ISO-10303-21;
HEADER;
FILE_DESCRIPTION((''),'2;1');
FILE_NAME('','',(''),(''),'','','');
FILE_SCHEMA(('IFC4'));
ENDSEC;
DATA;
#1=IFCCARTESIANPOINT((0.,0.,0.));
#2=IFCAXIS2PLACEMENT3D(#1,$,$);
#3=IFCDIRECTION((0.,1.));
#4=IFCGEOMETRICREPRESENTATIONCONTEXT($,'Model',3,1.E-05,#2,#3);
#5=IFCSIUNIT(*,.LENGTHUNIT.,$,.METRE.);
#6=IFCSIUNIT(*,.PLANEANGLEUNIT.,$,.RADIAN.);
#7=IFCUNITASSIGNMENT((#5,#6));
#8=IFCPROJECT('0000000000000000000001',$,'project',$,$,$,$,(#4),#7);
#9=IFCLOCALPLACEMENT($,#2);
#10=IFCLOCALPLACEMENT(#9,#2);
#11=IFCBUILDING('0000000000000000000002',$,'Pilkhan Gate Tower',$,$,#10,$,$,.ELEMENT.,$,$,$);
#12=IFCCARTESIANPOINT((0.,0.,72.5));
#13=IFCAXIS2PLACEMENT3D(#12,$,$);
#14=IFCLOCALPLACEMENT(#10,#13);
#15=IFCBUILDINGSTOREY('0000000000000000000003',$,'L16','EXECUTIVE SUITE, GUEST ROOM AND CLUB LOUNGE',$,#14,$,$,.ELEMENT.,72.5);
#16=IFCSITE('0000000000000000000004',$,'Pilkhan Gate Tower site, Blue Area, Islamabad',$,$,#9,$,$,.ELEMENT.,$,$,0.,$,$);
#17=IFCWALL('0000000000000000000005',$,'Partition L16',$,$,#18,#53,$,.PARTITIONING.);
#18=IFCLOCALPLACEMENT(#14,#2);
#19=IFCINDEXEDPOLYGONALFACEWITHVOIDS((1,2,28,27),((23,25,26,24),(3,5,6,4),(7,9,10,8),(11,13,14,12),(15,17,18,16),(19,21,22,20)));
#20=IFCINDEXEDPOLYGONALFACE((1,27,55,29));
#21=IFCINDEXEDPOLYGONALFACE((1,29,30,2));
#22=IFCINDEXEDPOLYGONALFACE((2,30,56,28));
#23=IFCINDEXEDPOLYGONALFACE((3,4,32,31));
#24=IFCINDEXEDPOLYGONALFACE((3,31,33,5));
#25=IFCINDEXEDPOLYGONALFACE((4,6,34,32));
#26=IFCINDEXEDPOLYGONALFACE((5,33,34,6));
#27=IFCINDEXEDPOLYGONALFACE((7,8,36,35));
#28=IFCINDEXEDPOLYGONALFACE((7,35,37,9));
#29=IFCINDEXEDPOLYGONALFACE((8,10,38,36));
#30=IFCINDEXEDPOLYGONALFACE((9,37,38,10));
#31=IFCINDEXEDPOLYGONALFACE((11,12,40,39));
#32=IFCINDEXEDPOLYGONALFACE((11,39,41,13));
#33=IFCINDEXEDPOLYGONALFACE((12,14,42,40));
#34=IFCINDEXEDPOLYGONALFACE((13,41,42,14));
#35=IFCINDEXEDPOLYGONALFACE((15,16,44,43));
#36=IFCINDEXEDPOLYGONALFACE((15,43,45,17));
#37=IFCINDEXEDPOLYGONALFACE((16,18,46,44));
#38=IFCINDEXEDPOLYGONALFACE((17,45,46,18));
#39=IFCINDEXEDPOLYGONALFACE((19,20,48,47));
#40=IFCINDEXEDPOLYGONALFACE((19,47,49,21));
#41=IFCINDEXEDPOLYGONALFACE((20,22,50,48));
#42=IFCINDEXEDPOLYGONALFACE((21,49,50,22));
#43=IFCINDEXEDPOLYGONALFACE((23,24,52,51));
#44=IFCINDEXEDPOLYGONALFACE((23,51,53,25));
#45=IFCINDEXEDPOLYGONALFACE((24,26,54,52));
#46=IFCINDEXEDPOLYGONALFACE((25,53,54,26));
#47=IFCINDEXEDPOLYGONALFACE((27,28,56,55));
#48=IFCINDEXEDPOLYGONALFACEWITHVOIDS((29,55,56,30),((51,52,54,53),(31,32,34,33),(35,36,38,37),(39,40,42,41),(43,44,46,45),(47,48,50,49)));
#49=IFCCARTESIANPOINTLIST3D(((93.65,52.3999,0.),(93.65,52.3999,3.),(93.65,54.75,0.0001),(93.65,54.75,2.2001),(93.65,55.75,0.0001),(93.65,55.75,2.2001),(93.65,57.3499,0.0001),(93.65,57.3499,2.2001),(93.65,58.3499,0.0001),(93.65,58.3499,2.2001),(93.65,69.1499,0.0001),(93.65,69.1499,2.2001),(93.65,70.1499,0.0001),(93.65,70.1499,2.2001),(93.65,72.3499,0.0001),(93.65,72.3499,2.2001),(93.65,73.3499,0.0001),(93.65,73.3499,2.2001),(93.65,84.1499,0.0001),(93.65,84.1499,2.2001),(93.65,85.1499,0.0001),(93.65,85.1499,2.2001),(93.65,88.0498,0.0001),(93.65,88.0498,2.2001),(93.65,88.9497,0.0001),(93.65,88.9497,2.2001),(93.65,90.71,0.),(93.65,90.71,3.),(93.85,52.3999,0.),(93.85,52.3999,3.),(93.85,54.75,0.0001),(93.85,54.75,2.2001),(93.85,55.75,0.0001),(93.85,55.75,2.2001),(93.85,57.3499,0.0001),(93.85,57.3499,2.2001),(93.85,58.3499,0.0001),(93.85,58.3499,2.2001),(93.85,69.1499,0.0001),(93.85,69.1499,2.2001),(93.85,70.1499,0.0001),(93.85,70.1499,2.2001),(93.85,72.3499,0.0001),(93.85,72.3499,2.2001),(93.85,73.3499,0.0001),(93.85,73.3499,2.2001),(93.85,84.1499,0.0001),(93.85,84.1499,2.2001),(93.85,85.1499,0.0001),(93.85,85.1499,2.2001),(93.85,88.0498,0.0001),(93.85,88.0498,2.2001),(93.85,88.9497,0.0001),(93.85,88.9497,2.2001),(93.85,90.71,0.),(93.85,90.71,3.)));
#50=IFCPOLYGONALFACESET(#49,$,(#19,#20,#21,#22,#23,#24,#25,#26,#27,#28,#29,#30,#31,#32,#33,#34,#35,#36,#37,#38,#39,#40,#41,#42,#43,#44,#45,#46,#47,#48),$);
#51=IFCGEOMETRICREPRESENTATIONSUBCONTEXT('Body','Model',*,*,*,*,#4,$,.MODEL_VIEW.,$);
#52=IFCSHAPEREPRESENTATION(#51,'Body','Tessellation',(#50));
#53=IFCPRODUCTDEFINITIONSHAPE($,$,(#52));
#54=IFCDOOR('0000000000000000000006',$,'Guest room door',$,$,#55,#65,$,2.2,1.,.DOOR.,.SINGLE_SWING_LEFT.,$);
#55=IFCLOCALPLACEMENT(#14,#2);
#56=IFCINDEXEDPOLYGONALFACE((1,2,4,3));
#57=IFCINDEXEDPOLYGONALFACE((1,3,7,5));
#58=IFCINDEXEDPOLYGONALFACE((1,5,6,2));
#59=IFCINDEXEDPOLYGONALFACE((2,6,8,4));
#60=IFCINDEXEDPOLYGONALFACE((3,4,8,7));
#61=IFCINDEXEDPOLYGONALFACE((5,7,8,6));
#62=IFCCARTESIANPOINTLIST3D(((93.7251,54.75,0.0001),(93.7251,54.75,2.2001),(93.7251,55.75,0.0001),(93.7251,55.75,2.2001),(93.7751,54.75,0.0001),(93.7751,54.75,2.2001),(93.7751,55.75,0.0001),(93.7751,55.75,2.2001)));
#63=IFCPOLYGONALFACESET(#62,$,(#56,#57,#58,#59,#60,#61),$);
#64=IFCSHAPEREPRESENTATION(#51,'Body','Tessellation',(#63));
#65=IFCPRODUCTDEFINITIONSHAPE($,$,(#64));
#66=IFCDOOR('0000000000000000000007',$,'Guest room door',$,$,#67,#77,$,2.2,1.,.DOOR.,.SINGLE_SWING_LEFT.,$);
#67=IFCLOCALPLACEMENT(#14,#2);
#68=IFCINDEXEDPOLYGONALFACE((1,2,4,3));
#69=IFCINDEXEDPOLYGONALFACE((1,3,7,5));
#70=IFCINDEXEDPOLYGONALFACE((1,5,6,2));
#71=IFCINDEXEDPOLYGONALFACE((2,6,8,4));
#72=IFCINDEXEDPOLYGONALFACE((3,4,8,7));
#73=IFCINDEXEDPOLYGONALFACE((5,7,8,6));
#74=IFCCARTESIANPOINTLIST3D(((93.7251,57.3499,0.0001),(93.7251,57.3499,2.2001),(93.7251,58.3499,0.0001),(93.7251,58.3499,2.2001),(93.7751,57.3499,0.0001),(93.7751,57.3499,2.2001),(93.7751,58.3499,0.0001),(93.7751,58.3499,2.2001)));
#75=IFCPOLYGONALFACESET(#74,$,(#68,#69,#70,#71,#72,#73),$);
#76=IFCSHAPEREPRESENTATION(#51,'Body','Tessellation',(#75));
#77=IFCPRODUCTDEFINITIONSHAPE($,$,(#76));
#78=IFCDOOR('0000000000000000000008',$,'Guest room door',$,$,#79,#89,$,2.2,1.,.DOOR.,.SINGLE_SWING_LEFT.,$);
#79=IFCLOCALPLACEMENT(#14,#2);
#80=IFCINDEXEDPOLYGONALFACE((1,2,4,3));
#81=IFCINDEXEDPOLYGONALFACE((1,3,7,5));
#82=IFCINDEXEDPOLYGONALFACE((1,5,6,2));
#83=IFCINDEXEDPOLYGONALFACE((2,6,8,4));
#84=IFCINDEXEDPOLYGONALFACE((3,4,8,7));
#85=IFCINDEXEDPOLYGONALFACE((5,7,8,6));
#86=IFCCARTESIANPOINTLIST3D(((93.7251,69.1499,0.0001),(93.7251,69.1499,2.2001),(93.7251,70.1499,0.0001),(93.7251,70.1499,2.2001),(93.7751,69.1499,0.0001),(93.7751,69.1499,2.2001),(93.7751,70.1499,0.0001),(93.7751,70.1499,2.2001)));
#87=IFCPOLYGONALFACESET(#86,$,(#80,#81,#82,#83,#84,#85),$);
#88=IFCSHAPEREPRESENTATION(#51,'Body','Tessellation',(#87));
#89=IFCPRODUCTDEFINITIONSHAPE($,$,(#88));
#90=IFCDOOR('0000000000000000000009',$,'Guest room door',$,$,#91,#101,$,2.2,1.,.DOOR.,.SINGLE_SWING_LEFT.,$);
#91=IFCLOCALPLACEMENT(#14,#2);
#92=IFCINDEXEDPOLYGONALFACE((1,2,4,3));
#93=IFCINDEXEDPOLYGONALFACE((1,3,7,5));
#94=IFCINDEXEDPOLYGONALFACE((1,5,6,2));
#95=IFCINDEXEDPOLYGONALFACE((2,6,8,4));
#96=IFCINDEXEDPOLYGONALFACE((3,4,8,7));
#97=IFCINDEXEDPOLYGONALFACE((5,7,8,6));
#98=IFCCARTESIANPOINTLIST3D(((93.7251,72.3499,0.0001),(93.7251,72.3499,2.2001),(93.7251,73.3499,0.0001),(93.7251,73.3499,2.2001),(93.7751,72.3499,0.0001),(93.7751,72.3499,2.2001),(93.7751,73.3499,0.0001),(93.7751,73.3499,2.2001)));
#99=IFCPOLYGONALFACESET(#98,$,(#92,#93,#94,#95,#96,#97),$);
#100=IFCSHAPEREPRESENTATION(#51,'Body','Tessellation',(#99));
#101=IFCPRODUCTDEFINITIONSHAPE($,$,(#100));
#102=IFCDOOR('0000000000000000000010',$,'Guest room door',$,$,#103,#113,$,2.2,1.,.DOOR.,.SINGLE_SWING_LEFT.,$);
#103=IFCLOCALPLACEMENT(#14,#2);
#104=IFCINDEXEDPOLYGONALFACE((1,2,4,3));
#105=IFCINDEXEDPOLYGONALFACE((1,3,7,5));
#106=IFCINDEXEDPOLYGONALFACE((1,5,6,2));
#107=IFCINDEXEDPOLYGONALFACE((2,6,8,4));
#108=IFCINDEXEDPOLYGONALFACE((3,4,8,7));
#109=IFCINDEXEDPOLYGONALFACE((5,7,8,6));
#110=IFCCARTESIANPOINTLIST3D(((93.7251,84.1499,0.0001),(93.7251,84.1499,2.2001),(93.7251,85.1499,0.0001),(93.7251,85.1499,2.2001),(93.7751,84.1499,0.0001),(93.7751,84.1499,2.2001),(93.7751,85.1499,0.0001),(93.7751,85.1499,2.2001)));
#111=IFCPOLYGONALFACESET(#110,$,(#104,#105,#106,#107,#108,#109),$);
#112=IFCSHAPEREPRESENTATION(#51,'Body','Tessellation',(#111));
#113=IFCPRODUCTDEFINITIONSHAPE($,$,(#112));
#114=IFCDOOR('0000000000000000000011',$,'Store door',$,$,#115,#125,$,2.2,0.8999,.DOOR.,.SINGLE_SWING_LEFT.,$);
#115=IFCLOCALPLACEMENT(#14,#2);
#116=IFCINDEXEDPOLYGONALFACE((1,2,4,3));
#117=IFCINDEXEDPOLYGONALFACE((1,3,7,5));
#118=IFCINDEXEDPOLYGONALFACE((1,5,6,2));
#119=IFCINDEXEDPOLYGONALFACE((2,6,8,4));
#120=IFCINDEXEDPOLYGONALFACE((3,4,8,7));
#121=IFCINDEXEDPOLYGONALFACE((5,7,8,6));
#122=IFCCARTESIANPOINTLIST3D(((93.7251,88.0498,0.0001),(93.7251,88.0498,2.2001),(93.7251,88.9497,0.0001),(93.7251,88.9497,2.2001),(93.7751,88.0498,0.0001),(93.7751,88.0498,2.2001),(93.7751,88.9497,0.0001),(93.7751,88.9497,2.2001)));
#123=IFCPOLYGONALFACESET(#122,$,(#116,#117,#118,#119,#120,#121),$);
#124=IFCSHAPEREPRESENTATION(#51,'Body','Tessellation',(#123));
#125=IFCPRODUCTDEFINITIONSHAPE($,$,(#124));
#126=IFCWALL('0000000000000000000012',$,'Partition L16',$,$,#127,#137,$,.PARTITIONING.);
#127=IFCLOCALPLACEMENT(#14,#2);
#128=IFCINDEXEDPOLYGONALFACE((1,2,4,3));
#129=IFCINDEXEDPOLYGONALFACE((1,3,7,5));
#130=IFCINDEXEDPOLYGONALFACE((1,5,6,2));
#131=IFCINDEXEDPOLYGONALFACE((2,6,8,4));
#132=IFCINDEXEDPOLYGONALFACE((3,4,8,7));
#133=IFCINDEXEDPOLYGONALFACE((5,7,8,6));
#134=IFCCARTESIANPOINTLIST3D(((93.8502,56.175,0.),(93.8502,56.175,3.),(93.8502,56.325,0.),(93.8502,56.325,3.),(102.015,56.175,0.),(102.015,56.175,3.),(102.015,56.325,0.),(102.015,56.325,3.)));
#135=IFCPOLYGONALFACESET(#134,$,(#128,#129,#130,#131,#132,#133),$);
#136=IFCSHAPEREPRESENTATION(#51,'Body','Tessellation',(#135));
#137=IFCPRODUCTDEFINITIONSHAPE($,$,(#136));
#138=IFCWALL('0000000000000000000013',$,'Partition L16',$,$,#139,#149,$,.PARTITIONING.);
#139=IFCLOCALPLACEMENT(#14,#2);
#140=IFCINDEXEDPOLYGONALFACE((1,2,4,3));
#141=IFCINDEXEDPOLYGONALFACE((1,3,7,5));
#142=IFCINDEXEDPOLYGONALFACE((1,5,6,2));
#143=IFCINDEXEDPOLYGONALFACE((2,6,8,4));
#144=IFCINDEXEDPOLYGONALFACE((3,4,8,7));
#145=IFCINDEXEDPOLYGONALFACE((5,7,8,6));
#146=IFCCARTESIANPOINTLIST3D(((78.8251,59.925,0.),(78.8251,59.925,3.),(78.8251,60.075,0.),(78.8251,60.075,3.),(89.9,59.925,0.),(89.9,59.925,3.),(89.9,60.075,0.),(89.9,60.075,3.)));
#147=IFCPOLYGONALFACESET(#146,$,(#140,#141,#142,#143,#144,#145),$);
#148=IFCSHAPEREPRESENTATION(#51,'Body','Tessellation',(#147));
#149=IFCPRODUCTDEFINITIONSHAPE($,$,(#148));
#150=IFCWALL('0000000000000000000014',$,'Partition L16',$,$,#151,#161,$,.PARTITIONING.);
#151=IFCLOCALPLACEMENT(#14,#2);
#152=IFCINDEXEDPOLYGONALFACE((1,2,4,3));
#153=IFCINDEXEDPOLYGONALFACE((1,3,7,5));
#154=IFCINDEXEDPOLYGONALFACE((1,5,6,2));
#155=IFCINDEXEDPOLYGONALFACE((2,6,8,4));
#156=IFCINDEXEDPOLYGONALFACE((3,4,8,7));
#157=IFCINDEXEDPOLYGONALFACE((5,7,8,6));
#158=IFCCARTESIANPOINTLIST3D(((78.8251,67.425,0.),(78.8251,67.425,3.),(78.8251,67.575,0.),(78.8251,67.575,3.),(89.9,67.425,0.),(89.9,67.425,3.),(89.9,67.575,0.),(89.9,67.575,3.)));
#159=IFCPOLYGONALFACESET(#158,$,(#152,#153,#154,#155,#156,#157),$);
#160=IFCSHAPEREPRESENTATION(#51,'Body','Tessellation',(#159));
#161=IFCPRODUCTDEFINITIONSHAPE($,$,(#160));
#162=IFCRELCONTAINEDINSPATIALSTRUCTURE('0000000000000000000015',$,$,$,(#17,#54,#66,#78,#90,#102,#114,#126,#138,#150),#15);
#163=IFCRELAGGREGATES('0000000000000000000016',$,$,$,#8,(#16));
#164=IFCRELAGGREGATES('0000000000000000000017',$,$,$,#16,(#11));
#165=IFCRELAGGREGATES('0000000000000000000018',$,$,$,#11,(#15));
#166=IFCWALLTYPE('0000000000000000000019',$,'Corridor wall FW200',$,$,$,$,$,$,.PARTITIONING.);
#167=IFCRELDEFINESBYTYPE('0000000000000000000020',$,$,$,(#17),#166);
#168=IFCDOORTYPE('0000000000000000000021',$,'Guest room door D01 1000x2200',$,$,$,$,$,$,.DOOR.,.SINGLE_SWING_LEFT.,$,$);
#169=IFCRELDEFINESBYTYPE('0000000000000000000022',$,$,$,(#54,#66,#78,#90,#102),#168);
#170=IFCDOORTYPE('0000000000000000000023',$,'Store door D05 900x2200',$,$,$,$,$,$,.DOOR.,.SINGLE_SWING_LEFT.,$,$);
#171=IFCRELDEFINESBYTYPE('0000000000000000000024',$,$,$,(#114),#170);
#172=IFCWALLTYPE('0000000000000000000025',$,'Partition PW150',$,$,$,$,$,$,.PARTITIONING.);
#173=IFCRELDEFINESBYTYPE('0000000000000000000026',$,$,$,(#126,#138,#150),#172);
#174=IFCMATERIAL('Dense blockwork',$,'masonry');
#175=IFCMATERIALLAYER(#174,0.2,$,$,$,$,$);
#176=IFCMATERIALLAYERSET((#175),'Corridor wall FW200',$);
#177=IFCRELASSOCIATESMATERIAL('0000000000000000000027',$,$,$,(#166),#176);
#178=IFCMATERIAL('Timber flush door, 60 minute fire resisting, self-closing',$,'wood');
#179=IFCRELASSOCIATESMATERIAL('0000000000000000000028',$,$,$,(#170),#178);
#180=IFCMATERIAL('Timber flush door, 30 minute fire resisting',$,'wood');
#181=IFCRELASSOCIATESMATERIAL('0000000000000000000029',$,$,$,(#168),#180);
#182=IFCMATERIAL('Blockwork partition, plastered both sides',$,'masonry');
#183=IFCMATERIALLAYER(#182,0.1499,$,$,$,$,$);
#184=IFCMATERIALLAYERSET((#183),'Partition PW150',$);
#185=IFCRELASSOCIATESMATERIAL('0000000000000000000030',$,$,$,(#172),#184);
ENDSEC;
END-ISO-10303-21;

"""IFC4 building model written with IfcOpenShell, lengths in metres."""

from ifc_helpers import new_model, si_unit, direction, frame, frame_2d, origin, place, context, subcontext, project, spatial, rectangle, extrude, material, layer, layer_set, type_object, element, fill, save


model = new_model("IFC4")

# Units and contexts
model_context = context("Model", 3, precision=1e-05, world=origin(), true_north=direction((0.0, 1.0)))
body_context = subcontext(model_context, "Body", "Model", "MODEL_VIEW")
ifc_project = project(units=[si_unit("LENGTHUNIT", "METRE"), si_unit("PLANEANGLEUNIT", "RADIAN")], contexts=[model_context])

# Site, building, storey
site_placement = place(None, origin())
site = spatial("IfcSite", under=ifc_project, at=site_placement, Name="Pilkhan Gate Tower site, Blue Area, Islamabad", CompositionType="ELEMENT", RefElevation=0.0)
building_placement = place(site_placement, origin())
building = spatial("IfcBuilding", under=site, at=building_placement, Name="Pilkhan Gate Tower", CompositionType="ELEMENT")
storey_placement = place(building_placement, frame((0.0, 0.0, 72.5)))
storey = spatial("IfcBuildingStorey", under=building, at=storey_placement, Name="L16", Description="EXECUTIVE SUITE, GUEST ROOM AND CLUB LOUNGE", CompositionType="ELEMENT", Elevation=72.5)

# Shared definitions
ifc_material_1 = material(Name="Dense blockwork", Category="masonry")
ifc_layer_1 = layer(ifc_material_1, 0.2)
ifc_layer_set_1 = layer_set([ifc_layer_1], Name="Corridor wall FW200")
wall_type_1 = type_object("IfcWallType", Name="Corridor wall FW200", PredefinedType="PARTITIONING", material=ifc_layer_set_1)

# Wall, openings, doors
ifc_material_2 = material(Name="Timber flush door, 30 minute fire resisting", Category="wood")
ifc_material_3 = material(Name="Timber flush door, 60 minute fire resisting, self-closing", Category="wood")
door_type_1 = type_object("IfcDoorType", Name="Store door D05 900x2200", OperationType="SINGLE_SWING_LEFT", PredefinedType="DOOR", material=ifc_material_3)
wall_1_placement = place(storey_placement, frame((93.75, 52.3999, 0.0), z_axis=(0.0, 0.0, 1.0), x_axis=(0.0, 1.0, 0.0)))
wall_1 = element("IfcWall", 1, at=wall_1_placement, inside=storey, type_object=wall_type_1, Name="Partition L16", PredefinedType="PARTITIONING", context=body_context, shape_type="SweptSolid", body=[
    extrude(rectangle(XDim=38.3101, YDim=0.2, at=frame_2d((19.155, 0.0))), origin(), (0.0, 0.0, 1.0), 3.0),
])
opening_1_placement = place(wall_1_placement, frame((2.3501, 0.0, 0.0)))
opening_1 = element("IfcOpeningElement", 2, at=opening_1_placement, cuts=wall_1, PredefinedType="OPENING", context=body_context, shape_type="SweptSolid", body=[
    extrude(rectangle(XDim=1.0, YDim=2.2, at=frame_2d((0.5, 1.1001))), frame((0.0, 0.1099, 0.0), z_axis=(0.0, -1.0, 0.0), x_axis=(1.0, 0.0, 0.0)), (0.0, 0.0, 1.0), 0.22),
])
opening_2_placement = place(wall_1_placement, frame((4.95, 0.0, 0.0)))
opening_2 = element("IfcOpeningElement", 3, at=opening_2_placement, cuts=wall_1, PredefinedType="OPENING", context=body_context, shape_type="SweptSolid", body=[
    extrude(rectangle(XDim=1.0, YDim=2.2, at=frame_2d((0.5, 1.1001))), frame((0.0, 0.1099, 0.0), z_axis=(0.0, -1.0, 0.0), x_axis=(1.0, 0.0, 0.0)), (0.0, 0.0, 1.0), 0.22),
])
opening_3_placement = place(wall_1_placement, frame((16.75, 0.0, 0.0)))
opening_3 = element("IfcOpeningElement", 4, at=opening_3_placement, cuts=wall_1, PredefinedType="OPENING", context=body_context, shape_type="SweptSolid", body=[
    extrude(rectangle(XDim=1.0, YDim=2.2, at=frame_2d((0.5, 1.1001))), frame((0.0, 0.1099, 0.0), z_axis=(0.0, -1.0, 0.0), x_axis=(1.0, 0.0, 0.0)), (0.0, 0.0, 1.0), 0.22),
])
opening_4_placement = place(wall_1_placement, frame((19.95, 0.0, 0.0)))
opening_4 = element("IfcOpeningElement", 5, at=opening_4_placement, cuts=wall_1, PredefinedType="OPENING", context=body_context, shape_type="SweptSolid", body=[
    extrude(rectangle(XDim=1.0, YDim=2.2, at=frame_2d((0.5, 1.1001))), frame((0.0, 0.1099, 0.0), z_axis=(0.0, -1.0, 0.0), x_axis=(1.0, 0.0, 0.0)), (0.0, 0.0, 1.0), 0.22),
])
opening_5_placement = place(wall_1_placement, frame((31.75, 0.0, 0.0)))
opening_5 = element("IfcOpeningElement", 6, at=opening_5_placement, cuts=wall_1, PredefinedType="OPENING", context=body_context, shape_type="SweptSolid", body=[
    extrude(rectangle(XDim=1.0, YDim=2.2, at=frame_2d((0.5, 1.1001))), frame((0.0, 0.1099, 0.0), z_axis=(0.0, -1.0, 0.0), x_axis=(1.0, 0.0, 0.0)), (0.0, 0.0, 1.0), 0.22),
])
opening_6_placement = place(wall_1_placement, frame((35.6499, 0.0, 0.0)))
opening_6 = element("IfcOpeningElement", 7, at=opening_6_placement, cuts=wall_1, PredefinedType="OPENING", context=body_context, shape_type="SweptSolid", body=[
    extrude(rectangle(XDim=0.8999, YDim=2.2, at=frame_2d((0.45, 1.1001))), frame((0.0, 0.1099, 0.0), z_axis=(0.0, -1.0, 0.0), x_axis=(1.0, 0.0, 0.0)), (0.0, 0.0, 1.0), 0.22),
])
door_type_2 = type_object("IfcDoorType", Name="Guest room door D01 1000x2200", OperationType="SINGLE_SWING_LEFT", PredefinedType="DOOR", material=ifc_material_2)
door_1_placement = place(opening_1_placement, origin())
door_1 = element("IfcDoor", 8, at=door_1_placement, inside=storey, type_object=door_type_2, Name="Guest room door", OperationType="SINGLE_SWING_LEFT", OverallHeight=2.2, OverallWidth=1.0, PredefinedType="DOOR", context=body_context, shape_type="SweptSolid", body=[
    extrude(rectangle(XDim=1.0, YDim=2.2, at=frame_2d((0.5, 1.1001))), frame((0.0, 0.0249, 0.0), z_axis=(0.0, -1.0, 0.0), x_axis=(1.0, 0.0, 0.0)), (0.0, 0.0, 1.0), 0.05),
])
fill(opening_1, door_1)
door_2_placement = place(opening_2_placement, origin())
door_2 = element("IfcDoor", 9, at=door_2_placement, inside=storey, type_object=door_type_2, Name="Guest room door", OperationType="SINGLE_SWING_LEFT", OverallHeight=2.2, OverallWidth=1.0, PredefinedType="DOOR", context=body_context, shape_type="SweptSolid", body=[
    extrude(rectangle(XDim=1.0, YDim=2.2, at=frame_2d((0.5, 1.1001))), frame((0.0, 0.0249, 0.0), z_axis=(0.0, -1.0, 0.0), x_axis=(1.0, 0.0, 0.0)), (0.0, 0.0, 1.0), 0.05),
])
fill(opening_2, door_2)
door_3_placement = place(opening_3_placement, origin())
door_3 = element("IfcDoor", 10, at=door_3_placement, inside=storey, type_object=door_type_2, Name="Guest room door", OperationType="SINGLE_SWING_LEFT", OverallHeight=2.2, OverallWidth=1.0, PredefinedType="DOOR", context=body_context, shape_type="SweptSolid", body=[
    extrude(rectangle(XDim=1.0, YDim=2.2, at=frame_2d((0.5, 1.1001))), frame((0.0, 0.0249, 0.0), z_axis=(0.0, -1.0, 0.0), x_axis=(1.0, 0.0, 0.0)), (0.0, 0.0, 1.0), 0.05),
])
fill(opening_3, door_3)
door_4_placement = place(opening_4_placement, origin())
door_4 = element("IfcDoor", 11, at=door_4_placement, inside=storey, type_object=door_type_2, Name="Guest room door", OperationType="SINGLE_SWING_LEFT", OverallHeight=2.2, OverallWidth=1.0, PredefinedType="DOOR", context=body_context, shape_type="SweptSolid", body=[
    extrude(rectangle(XDim=1.0, YDim=2.2, at=frame_2d((0.5, 1.1001))), frame((0.0, 0.0249, 0.0), z_axis=(0.0, -1.0, 0.0), x_axis=(1.0, 0.0, 0.0)), (0.0, 0.0, 1.0), 0.05),
])
fill(opening_4, door_4)
door_5_placement = place(opening_5_placement, origin())
door_5 = element("IfcDoor", 12, at=door_5_placement, inside=storey, type_object=door_type_2, Name="Guest room door", OperationType="SINGLE_SWING_LEFT", OverallHeight=2.2, OverallWidth=1.0, PredefinedType="DOOR", context=body_context, shape_type="SweptSolid", body=[
    extrude(rectangle(XDim=1.0, YDim=2.2, at=frame_2d((0.5, 1.1001))), frame((0.0, 0.0249, 0.0), z_axis=(0.0, -1.0, 0.0), x_axis=(1.0, 0.0, 0.0)), (0.0, 0.0, 1.0), 0.05),
])
fill(opening_5, door_5)
door_6_placement = place(opening_6_placement, origin())
door_6 = element("IfcDoor", 13, at=door_6_placement, inside=storey, type_object=door_type_1, Name="Store door", OperationType="SINGLE_SWING_LEFT", OverallHeight=2.2, OverallWidth=0.8999, PredefinedType="DOOR", context=body_context, shape_type="SweptSolid", body=[
    extrude(rectangle(XDim=0.8999, YDim=2.2, at=frame_2d((0.45, 1.1001))), frame((0.0, 0.0249, 0.0), z_axis=(0.0, -1.0, 0.0), x_axis=(1.0, 0.0, 0.0)), (0.0, 0.0, 1.0), 0.05),
])
fill(opening_6, door_6)

# Walls
ifc_material_4 = material(Name="Blockwork partition, plastered both sides", Category="masonry")
ifc_layer_2 = layer(ifc_material_4, 0.1499)
ifc_layer_set_2 = layer_set([ifc_layer_2], Name="Partition PW150")
wall_type_2 = type_object("IfcWallType", Name="Partition PW150", PredefinedType="PARTITIONING", material=ifc_layer_set_2)
wall_2_placement = place(storey_placement, frame((93.8501, 56.25, 0.0), z_axis=(0.0, 0.0, 1.0), x_axis=(1.0, 0.0, 0.0)))
element("IfcWall", 14, at=wall_2_placement, inside=storey, type_object=wall_type_2, Name="Partition L16", PredefinedType="PARTITIONING", context=body_context, shape_type="SweptSolid", body=[
    extrude(rectangle(XDim=8.1648, YDim=0.1499, at=frame_2d((4.0825, 0.0))), origin(), (0.0, 0.0, 1.0), 3.0),
])
for number, where, z_axis, x_axis, name in (
    (15, (78.825, 60.0, 0.0), (0.0, 0.0, 1.0), (1.0, 0.0, 0.0), "Partition L16"),
    (16, (78.825, 67.5, 0.0), (0.0, 0.0, 1.0), (1.0, 0.0, 0.0), "Partition L16"),
):
    element("IfcWall", number, at=place(storey_placement, frame(where, z_axis=z_axis, x_axis=x_axis)), inside=storey, type_object=wall_type_2, Name=name, PredefinedType="PARTITIONING", context=body_context, shape_type="SweptSolid", body=[
        extrude(rectangle(XDim=11.075, YDim=0.1499, at=frame_2d((5.5376, 0.0))), origin(), (0.0, 0.0, 1.0), 3.0),
    ])

save(model, "model.ifc")
